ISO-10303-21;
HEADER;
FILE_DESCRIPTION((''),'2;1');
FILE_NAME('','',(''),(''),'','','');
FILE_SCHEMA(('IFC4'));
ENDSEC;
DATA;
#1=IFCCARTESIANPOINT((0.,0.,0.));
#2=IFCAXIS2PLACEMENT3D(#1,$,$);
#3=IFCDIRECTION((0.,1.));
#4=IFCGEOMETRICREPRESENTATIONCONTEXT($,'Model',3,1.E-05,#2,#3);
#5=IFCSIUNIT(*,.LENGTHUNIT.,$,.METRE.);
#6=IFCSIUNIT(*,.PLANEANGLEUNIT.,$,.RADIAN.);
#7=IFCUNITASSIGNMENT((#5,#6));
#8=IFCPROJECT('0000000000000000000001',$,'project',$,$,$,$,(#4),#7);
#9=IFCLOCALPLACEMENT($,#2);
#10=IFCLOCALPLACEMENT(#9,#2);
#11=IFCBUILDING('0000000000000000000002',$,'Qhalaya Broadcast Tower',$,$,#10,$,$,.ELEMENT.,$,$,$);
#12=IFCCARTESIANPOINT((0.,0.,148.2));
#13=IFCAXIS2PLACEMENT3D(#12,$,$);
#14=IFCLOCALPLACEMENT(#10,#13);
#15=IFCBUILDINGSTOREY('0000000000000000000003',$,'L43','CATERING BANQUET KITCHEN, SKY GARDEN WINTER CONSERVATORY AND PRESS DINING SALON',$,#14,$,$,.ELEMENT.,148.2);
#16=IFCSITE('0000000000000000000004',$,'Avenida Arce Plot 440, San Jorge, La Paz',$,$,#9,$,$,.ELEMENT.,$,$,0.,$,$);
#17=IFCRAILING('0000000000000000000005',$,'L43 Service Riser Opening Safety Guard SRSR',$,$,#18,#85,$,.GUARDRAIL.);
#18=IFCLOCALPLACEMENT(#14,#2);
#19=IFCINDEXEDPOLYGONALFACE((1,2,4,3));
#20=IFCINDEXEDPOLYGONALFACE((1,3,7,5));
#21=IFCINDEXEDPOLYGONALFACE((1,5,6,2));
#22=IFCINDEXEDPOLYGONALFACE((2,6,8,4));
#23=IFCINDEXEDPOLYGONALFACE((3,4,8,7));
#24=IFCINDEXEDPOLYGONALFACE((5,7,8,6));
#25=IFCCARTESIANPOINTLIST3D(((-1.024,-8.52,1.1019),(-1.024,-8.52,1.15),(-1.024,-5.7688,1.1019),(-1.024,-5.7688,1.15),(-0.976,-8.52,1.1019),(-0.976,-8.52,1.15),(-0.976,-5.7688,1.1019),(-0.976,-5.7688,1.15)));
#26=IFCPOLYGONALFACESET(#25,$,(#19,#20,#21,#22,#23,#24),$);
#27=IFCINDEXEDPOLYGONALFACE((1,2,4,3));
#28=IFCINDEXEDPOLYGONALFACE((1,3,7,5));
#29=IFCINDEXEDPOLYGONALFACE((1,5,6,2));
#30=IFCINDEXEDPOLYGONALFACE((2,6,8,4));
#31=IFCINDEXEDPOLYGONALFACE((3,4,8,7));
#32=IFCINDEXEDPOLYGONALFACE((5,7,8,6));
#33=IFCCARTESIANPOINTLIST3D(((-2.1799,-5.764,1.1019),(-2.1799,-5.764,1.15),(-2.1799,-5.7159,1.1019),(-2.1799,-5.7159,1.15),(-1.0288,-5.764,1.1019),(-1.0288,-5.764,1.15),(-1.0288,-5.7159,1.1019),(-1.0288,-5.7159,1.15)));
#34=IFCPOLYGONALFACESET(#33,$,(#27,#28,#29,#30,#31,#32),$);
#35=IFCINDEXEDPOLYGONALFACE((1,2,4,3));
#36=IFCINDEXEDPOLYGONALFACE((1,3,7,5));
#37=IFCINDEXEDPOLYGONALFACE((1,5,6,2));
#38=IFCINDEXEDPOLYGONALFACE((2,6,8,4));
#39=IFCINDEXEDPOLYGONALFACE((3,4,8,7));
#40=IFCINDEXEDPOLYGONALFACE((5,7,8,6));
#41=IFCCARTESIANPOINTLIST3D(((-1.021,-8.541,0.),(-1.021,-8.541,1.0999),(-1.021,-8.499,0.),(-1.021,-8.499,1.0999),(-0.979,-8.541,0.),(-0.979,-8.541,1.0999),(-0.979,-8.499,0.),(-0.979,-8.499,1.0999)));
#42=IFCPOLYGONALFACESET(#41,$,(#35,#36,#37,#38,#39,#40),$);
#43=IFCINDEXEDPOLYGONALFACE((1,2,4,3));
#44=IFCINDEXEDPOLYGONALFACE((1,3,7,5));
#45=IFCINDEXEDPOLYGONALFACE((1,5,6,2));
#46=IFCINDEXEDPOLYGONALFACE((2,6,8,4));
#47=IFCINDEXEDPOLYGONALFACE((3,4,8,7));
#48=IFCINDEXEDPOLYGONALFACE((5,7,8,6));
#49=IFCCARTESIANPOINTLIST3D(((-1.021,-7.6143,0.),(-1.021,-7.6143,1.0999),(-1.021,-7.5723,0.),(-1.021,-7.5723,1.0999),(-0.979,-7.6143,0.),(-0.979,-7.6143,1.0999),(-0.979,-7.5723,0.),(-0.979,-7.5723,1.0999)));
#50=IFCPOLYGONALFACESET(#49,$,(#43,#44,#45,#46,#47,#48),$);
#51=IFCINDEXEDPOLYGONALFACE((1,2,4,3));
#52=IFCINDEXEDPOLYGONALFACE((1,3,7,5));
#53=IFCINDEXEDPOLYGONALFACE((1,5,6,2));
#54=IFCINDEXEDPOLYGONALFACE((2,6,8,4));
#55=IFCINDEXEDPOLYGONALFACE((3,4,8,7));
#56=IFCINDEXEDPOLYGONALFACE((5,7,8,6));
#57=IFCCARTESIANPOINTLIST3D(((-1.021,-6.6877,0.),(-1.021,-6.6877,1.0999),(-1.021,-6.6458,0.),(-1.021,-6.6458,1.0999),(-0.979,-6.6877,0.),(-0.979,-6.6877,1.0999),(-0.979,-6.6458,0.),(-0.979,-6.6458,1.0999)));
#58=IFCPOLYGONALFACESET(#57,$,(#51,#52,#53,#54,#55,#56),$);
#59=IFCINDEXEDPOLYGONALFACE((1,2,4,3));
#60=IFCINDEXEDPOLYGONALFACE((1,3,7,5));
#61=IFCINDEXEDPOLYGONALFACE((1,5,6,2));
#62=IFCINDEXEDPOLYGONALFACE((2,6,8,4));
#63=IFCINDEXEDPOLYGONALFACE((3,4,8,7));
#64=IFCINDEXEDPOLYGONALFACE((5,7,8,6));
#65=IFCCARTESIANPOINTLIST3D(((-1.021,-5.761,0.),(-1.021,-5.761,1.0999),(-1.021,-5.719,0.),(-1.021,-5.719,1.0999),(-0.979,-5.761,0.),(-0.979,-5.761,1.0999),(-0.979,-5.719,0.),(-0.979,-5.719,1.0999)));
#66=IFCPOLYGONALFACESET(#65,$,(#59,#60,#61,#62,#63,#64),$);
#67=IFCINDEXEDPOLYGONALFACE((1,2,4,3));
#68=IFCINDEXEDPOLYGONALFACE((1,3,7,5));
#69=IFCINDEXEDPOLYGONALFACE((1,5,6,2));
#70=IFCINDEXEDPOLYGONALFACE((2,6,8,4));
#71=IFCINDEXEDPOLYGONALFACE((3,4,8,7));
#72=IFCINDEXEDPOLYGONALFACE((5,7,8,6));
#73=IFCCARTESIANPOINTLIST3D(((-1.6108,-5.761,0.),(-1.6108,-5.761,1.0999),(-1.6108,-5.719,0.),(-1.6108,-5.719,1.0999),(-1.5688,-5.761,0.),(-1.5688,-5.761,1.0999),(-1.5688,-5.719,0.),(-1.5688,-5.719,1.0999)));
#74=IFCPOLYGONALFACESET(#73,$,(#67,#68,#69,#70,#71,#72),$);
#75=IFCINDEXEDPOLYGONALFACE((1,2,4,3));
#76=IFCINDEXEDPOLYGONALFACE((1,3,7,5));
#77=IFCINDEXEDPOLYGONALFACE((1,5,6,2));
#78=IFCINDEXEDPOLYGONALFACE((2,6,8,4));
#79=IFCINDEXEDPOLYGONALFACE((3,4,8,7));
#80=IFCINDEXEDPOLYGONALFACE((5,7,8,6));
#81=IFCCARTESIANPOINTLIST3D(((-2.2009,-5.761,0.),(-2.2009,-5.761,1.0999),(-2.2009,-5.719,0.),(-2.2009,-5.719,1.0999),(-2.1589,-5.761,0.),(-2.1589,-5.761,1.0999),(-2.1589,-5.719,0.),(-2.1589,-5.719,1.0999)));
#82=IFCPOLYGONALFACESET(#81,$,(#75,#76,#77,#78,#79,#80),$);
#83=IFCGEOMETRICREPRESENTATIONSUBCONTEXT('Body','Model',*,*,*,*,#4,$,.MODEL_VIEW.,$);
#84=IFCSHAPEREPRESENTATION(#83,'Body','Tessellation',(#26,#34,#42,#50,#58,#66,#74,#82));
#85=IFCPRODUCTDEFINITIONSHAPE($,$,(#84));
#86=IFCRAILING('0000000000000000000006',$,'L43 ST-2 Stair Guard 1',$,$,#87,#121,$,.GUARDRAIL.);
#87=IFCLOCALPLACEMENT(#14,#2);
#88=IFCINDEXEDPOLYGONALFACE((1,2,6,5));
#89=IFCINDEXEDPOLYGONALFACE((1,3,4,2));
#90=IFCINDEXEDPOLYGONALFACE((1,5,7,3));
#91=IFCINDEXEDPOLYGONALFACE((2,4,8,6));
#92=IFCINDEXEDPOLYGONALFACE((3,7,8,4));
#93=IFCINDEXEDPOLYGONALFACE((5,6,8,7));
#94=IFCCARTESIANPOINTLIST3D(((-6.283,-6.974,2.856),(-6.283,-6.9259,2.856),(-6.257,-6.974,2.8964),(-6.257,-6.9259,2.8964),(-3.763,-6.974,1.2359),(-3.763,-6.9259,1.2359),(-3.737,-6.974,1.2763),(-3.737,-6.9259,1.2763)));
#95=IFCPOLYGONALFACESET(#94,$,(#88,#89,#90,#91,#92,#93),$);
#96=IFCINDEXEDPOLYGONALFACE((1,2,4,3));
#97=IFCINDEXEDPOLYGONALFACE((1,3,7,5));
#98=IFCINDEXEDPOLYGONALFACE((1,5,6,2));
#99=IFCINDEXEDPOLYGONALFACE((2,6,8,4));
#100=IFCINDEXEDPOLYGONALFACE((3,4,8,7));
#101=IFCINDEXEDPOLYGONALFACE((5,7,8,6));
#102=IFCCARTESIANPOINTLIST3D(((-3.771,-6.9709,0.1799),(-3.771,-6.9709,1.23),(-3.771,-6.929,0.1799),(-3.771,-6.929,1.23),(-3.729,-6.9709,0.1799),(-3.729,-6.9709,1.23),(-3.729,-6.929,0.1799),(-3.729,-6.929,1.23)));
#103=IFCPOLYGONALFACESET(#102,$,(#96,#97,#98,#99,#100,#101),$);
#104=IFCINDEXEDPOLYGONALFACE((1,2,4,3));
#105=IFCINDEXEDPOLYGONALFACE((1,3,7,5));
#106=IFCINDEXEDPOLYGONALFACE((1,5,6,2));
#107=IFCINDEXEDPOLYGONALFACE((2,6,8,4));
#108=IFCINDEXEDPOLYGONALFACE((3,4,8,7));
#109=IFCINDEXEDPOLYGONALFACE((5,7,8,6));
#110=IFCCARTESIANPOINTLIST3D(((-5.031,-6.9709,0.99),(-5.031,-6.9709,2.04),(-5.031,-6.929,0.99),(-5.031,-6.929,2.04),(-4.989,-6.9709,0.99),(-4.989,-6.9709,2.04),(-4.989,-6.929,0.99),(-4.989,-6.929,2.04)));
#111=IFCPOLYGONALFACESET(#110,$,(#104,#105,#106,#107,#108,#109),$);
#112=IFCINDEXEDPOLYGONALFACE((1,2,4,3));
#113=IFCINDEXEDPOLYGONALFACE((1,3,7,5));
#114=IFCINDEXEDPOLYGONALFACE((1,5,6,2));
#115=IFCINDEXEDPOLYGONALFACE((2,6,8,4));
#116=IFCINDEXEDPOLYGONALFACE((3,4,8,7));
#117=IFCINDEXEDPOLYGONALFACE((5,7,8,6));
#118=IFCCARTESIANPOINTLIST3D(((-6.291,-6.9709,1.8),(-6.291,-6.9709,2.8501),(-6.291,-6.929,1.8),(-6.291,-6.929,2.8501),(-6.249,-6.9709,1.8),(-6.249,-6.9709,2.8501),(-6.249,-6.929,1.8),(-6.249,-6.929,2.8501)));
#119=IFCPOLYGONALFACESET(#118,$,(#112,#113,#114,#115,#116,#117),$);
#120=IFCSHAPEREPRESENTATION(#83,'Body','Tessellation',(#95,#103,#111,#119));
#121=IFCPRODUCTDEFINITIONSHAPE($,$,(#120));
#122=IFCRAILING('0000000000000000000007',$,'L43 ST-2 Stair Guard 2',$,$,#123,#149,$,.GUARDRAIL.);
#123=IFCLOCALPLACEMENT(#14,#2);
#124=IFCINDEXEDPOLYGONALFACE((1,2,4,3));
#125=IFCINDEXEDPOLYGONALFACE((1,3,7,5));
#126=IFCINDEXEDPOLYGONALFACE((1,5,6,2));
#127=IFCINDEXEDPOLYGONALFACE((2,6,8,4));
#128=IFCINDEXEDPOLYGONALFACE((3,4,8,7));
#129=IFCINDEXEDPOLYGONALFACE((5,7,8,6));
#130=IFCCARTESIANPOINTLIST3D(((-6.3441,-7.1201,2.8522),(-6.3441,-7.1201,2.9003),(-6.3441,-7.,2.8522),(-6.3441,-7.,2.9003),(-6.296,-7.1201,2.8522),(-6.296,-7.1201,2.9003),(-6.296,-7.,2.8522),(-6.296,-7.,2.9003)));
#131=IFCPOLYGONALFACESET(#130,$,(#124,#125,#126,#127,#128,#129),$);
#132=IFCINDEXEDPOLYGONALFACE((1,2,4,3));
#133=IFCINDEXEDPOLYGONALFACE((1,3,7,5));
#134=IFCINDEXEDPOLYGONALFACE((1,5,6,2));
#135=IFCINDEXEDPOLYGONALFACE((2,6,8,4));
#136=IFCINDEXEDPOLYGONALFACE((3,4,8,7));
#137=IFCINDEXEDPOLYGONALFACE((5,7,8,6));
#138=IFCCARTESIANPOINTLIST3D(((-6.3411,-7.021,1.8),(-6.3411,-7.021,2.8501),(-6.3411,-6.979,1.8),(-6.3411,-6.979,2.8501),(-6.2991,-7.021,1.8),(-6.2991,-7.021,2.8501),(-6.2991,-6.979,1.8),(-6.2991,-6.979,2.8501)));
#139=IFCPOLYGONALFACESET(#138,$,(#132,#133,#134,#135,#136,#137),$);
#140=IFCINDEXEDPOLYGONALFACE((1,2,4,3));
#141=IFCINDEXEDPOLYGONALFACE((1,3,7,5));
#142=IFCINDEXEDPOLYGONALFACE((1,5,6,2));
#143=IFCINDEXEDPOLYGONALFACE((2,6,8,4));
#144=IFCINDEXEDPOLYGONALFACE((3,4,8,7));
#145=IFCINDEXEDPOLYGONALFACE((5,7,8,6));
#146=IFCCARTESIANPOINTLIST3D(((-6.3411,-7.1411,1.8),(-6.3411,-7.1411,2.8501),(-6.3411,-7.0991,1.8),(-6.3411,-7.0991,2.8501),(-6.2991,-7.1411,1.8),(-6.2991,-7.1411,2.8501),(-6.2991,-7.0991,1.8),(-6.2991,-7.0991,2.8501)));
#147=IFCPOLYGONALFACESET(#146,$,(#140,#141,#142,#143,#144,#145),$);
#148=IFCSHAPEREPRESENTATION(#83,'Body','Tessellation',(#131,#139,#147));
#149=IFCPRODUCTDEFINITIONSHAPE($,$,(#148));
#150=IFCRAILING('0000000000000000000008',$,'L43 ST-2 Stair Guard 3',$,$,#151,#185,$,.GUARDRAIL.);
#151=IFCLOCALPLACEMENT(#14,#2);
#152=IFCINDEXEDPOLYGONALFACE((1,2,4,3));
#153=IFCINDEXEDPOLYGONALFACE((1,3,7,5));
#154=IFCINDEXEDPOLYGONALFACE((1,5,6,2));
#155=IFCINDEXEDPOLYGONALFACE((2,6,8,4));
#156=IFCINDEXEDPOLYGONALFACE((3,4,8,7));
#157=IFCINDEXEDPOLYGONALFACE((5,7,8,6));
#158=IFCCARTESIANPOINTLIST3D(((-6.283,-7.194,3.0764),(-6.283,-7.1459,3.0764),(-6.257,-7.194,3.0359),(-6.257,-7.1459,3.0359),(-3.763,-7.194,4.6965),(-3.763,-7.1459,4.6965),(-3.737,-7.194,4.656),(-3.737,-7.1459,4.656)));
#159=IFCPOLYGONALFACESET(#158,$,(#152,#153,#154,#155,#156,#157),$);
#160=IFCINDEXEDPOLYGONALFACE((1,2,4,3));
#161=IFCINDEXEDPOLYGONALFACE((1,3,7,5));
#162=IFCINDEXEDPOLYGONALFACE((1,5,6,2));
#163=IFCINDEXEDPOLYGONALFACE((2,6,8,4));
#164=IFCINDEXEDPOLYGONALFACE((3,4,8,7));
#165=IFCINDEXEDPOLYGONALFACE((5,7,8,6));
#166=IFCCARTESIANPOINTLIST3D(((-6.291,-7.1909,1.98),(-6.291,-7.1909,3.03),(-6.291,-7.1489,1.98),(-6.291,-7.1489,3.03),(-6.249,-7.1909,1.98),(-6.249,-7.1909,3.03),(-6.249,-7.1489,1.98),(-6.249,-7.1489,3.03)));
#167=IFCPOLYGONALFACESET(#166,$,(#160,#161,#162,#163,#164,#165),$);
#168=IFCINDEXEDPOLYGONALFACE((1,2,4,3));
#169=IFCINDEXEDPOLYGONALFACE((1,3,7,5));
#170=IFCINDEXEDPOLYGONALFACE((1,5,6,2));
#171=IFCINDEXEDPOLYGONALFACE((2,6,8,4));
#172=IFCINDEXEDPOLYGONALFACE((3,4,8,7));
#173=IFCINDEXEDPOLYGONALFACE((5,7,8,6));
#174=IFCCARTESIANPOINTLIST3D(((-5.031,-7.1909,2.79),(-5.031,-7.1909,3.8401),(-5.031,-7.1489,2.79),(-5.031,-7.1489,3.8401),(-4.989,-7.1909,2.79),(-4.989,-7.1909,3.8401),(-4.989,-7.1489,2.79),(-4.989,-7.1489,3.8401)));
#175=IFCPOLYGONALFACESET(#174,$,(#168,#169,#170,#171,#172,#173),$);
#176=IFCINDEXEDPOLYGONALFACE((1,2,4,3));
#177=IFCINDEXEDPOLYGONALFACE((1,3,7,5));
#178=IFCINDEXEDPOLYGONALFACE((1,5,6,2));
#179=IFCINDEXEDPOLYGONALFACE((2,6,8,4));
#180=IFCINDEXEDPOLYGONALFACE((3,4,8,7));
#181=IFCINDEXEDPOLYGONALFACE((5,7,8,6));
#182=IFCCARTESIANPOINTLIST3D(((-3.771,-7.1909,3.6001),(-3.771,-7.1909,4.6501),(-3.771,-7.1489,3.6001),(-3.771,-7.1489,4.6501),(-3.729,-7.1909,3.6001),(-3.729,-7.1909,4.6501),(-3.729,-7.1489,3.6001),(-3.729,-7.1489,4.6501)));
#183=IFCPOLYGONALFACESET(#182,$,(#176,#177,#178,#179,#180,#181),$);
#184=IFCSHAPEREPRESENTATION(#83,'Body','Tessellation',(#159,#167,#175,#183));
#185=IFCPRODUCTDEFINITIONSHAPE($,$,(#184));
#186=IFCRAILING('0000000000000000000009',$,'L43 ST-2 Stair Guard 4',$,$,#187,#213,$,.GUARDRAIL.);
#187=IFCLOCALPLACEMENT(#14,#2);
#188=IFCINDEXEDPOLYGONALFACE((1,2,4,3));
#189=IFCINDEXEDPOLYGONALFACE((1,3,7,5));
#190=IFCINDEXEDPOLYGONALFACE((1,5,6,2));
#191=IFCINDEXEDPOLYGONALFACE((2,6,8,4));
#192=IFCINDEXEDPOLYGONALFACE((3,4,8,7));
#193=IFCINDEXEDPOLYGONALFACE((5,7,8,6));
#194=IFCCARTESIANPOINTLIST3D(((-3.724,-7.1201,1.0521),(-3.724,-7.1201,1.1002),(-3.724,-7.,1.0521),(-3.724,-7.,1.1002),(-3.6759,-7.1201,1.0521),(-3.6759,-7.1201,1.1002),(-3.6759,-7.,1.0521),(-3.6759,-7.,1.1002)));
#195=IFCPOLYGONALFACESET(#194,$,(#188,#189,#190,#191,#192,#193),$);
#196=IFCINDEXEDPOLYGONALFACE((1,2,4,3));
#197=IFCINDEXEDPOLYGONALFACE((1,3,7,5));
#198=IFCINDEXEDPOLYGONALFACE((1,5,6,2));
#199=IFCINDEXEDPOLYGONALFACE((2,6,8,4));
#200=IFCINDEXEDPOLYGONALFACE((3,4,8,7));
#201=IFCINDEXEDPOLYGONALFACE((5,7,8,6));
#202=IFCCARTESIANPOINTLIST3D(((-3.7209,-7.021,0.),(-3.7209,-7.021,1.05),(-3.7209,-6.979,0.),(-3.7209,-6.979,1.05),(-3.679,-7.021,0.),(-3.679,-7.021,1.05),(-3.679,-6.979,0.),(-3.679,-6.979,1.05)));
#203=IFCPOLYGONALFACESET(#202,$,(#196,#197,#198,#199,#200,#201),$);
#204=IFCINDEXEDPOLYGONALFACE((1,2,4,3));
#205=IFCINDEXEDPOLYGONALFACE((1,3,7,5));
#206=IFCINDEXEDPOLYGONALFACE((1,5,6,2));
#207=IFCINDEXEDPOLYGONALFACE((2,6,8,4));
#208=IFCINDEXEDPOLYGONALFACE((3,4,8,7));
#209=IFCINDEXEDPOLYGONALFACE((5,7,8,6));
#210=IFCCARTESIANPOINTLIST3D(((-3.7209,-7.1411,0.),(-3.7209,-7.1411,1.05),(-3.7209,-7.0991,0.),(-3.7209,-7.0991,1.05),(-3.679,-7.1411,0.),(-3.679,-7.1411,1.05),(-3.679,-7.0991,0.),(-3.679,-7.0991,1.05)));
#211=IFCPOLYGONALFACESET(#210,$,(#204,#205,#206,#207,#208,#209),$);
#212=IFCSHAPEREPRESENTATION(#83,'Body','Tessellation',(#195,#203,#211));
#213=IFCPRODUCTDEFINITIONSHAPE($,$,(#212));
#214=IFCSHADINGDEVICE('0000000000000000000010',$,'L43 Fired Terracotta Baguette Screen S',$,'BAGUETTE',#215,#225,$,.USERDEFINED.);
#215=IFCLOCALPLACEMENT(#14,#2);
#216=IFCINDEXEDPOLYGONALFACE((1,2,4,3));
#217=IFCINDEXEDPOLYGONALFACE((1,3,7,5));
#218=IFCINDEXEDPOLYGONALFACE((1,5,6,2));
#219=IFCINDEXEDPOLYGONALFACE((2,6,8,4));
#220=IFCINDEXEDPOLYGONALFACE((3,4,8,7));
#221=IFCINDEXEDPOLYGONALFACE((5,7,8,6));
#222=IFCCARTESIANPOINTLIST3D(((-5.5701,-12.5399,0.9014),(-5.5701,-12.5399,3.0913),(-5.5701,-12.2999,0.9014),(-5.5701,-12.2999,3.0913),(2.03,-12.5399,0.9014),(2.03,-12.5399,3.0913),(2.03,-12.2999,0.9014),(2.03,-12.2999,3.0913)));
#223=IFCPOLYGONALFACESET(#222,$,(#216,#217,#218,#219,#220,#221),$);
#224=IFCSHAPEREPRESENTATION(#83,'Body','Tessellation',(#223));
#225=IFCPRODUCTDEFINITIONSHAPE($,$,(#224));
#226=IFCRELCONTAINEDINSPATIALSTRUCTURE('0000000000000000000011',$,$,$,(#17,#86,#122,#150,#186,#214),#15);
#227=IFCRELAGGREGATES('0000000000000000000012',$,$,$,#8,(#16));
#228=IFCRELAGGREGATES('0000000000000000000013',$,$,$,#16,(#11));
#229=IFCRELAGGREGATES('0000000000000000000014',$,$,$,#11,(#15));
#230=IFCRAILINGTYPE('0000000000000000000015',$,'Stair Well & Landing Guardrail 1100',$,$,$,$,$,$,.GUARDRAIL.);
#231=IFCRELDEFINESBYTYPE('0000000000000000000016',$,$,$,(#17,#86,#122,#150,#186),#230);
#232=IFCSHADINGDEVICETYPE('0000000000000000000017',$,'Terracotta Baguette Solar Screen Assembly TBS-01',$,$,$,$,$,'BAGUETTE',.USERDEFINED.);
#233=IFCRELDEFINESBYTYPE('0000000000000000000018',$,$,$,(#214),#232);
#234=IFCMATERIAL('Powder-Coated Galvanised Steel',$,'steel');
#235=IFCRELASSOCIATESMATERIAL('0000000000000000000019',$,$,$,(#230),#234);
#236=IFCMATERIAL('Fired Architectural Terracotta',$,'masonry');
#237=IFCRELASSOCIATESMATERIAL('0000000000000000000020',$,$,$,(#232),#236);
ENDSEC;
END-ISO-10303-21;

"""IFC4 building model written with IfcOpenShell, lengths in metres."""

from ifc_helpers import new_model, si_unit, direction, frame, origin, origin_2d, place, context, subcontext, project, spatial, rectangle, extrude, material, type_object, element, save


model = new_model("IFC4")

# Units and contexts
model_context = context("Model", 3, precision=1e-05, world=origin(), true_north=direction((0.0, 1.0)))
body_context = subcontext(model_context, "Body", "Model", "MODEL_VIEW")
ifc_project = project(units=[si_unit("LENGTHUNIT", "METRE"), si_unit("PLANEANGLEUNIT", "RADIAN")], contexts=[model_context])

# Site, building, storey
site_placement = place(None, origin())
site = spatial("IfcSite", under=ifc_project, at=site_placement, Name="Avenida Arce Plot 440, San Jorge, La Paz", CompositionType="ELEMENT", RefElevation=0.0)
building_placement = place(site_placement, origin())
building = spatial("IfcBuilding", under=site, at=building_placement, Name="Qhalaya Broadcast Tower", CompositionType="ELEMENT")
storey_placement = place(building_placement, frame((0.0, 0.0, 148.2)))
storey = spatial("IfcBuildingStorey", under=building, at=storey_placement, Name="L43", Description="CATERING BANQUET KITCHEN, SKY GARDEN WINTER CONSERVATORY AND PRESS DINING SALON", CompositionType="ELEMENT", Elevation=148.2)

# Railings
ifc_material_1 = material(Name="Powder-Coated Galvanised Steel", Category="steel")
railing_type_1 = type_object("IfcRailingType", Name="Stair Well & Landing Guardrail 1100", PredefinedType="GUARDRAIL", material=ifc_material_1)
railing_1_placement = place(storey_placement, frame((-1.0, -8.52, 0.0)))
element("IfcRailing", 1, at=railing_1_placement, inside=storey, type_object=railing_type_1, Name="L43 Service Riser Opening Safety Guard SRSR", PredefinedType="GUARDRAIL", context=body_context, shape_type="SweptSolid", body=[
    extrude(rectangle(XDim=0.0481, YDim=0.0481, at=origin_2d()), frame((0.0, 0.0, 1.126), z_axis=(0.0, 1.0, 0.0), x_axis=(-1.0, 0.0, 0.0)), (0.0, 0.0, 1.0), 2.7512),
    extrude(rectangle(XDim=0.0481, YDim=0.0481, at=origin_2d()), frame((-0.0288, 2.78, 1.126), z_axis=(-1.0, 0.0, 0.0), x_axis=(0.0, -1.0, 0.0)), (0.0, 0.0, 1.0), 1.1511),
    extrude(rectangle(XDim=0.042, YDim=0.042, at=origin_2d()), origin(), (0.0, 0.0, 1.0), 1.0999),
    extrude(rectangle(XDim=0.042, YDim=0.042, at=origin_2d()), frame((0.0, 0.9268, 0.0)), (0.0, 0.0, 1.0), 1.0999),
    extrude(rectangle(XDim=0.042, YDim=0.042, at=origin_2d()), frame((0.0, 1.8533, 0.0)), (0.0, 0.0, 1.0), 1.0999),
    extrude(rectangle(XDim=0.042, YDim=0.042, at=origin_2d()), frame((0.0, 2.78, 0.0)), (0.0, 0.0, 1.0), 1.0999),
    extrude(rectangle(XDim=0.042, YDim=0.042, at=origin_2d()), frame((-0.5898, 2.78, 0.0)), (0.0, 0.0, 1.0), 1.0999),
    extrude(rectangle(XDim=0.042, YDim=0.042, at=origin_2d()), frame((-1.1799, 2.78, 0.0)), (0.0, 0.0, 1.0), 1.0999),
])
railing_2_placement = place(storey_placement, frame((-3.75, -6.95, 0.1799)))
element("IfcRailing", 2, at=railing_2_placement, inside=storey, type_object=railing_type_1, Name="L43 ST-2 Stair Guard 1", PredefinedType="GUARDRAIL", context=body_context, shape_type="SweptSolid", body=[
    extrude(rectangle(XDim=0.0481, YDim=0.0481, at=origin_2d()), frame((0.0, 0.0, 1.0762), z_axis=(-0.841163, 0.0, 0.540782), x_axis=(0.0, -1.0, 0.0)), (0.0, 0.0, 1.0), 2.9958),
    extrude(rectangle(XDim=0.042, YDim=0.042, at=origin_2d()), origin(), (0.0, 0.0, 1.0), 1.05),
    extrude(rectangle(XDim=0.042, YDim=0.042, at=origin_2d()), frame((-1.26, 0.0, 0.8101)), (0.0, 0.0, 1.0), 1.05),
    extrude(rectangle(XDim=0.042, YDim=0.042, at=origin_2d()), frame((-2.52, 0.0, 1.6201)), (0.0, 0.0, 1.0), 1.05),
])
railing_3_placement = place(storey_placement, frame((-6.3201, -7.0, 1.8)))
element("IfcRailing", 3, at=railing_3_placement, inside=storey, type_object=railing_type_1, Name="L43 ST-2 Stair Guard 2", PredefinedType="GUARDRAIL", context=body_context, shape_type="SweptSolid", body=[
    extrude(rectangle(XDim=0.0481, YDim=0.0481, at=origin_2d()), frame((0.0, 0.0, 1.0762), z_axis=(0.0, -1.0, 0.0), x_axis=(1.0, 0.0, 0.0)), (0.0, 0.0, 1.0), 0.1201),
    extrude(rectangle(XDim=0.042, YDim=0.042, at=origin_2d()), origin(), (0.0, 0.0, 1.0), 1.05),
    extrude(rectangle(XDim=0.042, YDim=0.042, at=origin_2d()), frame((0.0, -0.1201, 0.0)), (0.0, 0.0, 1.0), 1.05),
])
railing_4_placement = place(storey_placement, frame((-6.27, -7.1699, 1.98)))
element("IfcRailing", 4, at=railing_4_placement, inside=storey, type_object=railing_type_1, Name="L43 ST-2 Stair Guard 3", PredefinedType="GUARDRAIL", context=body_context, shape_type="SweptSolid", body=[
    extrude(rectangle(XDim=0.0481, YDim=0.0481, at=origin_2d()), frame((0.0, 0.0, 1.0762), z_axis=(0.841163, 0.0, 0.540782), x_axis=(0.0, 1.0, 0.0)), (0.0, 0.0, 1.0), 2.9958),
    extrude(rectangle(XDim=0.042, YDim=0.042, at=origin_2d()), origin(), (0.0, 0.0, 1.0), 1.05),
    extrude(rectangle(XDim=0.042, YDim=0.042, at=origin_2d()), frame((1.26, 0.0, 0.8101)), (0.0, 0.0, 1.0), 1.05),
    extrude(rectangle(XDim=0.042, YDim=0.042, at=origin_2d()), frame((2.52, 0.0, 1.6201)), (0.0, 0.0, 1.0), 1.05),
])
railing_5_placement = place(storey_placement, frame((-3.7, -7.0, 0.0)))
element("IfcRailing", 5, at=railing_5_placement, inside=storey, type_object=railing_type_1, Name="L43 ST-2 Stair Guard 4", PredefinedType="GUARDRAIL", context=body_context, shape_type="SweptSolid", body=[
    extrude(rectangle(XDim=0.0481, YDim=0.0481, at=origin_2d()), frame((0.0, 0.0, 1.0762), z_axis=(0.0, -1.0, 0.0), x_axis=(1.0, 0.0, 0.0)), (0.0, 0.0, 1.0), 0.1201),
    extrude(rectangle(XDim=0.042, YDim=0.042, at=origin_2d()), origin(), (0.0, 0.0, 1.0), 1.05),
    extrude(rectangle(XDim=0.042, YDim=0.042, at=origin_2d()), frame((0.0, -0.1201, 0.0)), (0.0, 0.0, 1.0), 1.05),
])

# Shading device
ifc_material_2 = material(Name="Fired Architectural Terracotta", Category="masonry")
shading_device_type = type_object("IfcShadingDeviceType", Name="Terracotta Baguette Solar Screen Assembly TBS-01", ElementType="BAGUETTE", PredefinedType="USERDEFINED", material=ifc_material_2)
shading_device_placement = place(storey_placement, frame((-1.77, -12.4199, 0.9014), z_axis=(0.0, 0.0, 1.0), x_axis=(1.0, 0.0, 0.0)))
element("IfcShadingDevice", 6, at=shading_device_placement, inside=storey, type_object=shading_device_type, Name="L43 Fired Terracotta Baguette Screen S", ObjectType="BAGUETTE", PredefinedType="USERDEFINED", context=body_context, shape_type="SweptSolid", body=[
    extrude(rectangle(XDim=7.6001, YDim=0.24, at=origin_2d()), origin(), (0.0, 0.0, 1.0), 2.1899),
])

save(model, "model.ifc")
